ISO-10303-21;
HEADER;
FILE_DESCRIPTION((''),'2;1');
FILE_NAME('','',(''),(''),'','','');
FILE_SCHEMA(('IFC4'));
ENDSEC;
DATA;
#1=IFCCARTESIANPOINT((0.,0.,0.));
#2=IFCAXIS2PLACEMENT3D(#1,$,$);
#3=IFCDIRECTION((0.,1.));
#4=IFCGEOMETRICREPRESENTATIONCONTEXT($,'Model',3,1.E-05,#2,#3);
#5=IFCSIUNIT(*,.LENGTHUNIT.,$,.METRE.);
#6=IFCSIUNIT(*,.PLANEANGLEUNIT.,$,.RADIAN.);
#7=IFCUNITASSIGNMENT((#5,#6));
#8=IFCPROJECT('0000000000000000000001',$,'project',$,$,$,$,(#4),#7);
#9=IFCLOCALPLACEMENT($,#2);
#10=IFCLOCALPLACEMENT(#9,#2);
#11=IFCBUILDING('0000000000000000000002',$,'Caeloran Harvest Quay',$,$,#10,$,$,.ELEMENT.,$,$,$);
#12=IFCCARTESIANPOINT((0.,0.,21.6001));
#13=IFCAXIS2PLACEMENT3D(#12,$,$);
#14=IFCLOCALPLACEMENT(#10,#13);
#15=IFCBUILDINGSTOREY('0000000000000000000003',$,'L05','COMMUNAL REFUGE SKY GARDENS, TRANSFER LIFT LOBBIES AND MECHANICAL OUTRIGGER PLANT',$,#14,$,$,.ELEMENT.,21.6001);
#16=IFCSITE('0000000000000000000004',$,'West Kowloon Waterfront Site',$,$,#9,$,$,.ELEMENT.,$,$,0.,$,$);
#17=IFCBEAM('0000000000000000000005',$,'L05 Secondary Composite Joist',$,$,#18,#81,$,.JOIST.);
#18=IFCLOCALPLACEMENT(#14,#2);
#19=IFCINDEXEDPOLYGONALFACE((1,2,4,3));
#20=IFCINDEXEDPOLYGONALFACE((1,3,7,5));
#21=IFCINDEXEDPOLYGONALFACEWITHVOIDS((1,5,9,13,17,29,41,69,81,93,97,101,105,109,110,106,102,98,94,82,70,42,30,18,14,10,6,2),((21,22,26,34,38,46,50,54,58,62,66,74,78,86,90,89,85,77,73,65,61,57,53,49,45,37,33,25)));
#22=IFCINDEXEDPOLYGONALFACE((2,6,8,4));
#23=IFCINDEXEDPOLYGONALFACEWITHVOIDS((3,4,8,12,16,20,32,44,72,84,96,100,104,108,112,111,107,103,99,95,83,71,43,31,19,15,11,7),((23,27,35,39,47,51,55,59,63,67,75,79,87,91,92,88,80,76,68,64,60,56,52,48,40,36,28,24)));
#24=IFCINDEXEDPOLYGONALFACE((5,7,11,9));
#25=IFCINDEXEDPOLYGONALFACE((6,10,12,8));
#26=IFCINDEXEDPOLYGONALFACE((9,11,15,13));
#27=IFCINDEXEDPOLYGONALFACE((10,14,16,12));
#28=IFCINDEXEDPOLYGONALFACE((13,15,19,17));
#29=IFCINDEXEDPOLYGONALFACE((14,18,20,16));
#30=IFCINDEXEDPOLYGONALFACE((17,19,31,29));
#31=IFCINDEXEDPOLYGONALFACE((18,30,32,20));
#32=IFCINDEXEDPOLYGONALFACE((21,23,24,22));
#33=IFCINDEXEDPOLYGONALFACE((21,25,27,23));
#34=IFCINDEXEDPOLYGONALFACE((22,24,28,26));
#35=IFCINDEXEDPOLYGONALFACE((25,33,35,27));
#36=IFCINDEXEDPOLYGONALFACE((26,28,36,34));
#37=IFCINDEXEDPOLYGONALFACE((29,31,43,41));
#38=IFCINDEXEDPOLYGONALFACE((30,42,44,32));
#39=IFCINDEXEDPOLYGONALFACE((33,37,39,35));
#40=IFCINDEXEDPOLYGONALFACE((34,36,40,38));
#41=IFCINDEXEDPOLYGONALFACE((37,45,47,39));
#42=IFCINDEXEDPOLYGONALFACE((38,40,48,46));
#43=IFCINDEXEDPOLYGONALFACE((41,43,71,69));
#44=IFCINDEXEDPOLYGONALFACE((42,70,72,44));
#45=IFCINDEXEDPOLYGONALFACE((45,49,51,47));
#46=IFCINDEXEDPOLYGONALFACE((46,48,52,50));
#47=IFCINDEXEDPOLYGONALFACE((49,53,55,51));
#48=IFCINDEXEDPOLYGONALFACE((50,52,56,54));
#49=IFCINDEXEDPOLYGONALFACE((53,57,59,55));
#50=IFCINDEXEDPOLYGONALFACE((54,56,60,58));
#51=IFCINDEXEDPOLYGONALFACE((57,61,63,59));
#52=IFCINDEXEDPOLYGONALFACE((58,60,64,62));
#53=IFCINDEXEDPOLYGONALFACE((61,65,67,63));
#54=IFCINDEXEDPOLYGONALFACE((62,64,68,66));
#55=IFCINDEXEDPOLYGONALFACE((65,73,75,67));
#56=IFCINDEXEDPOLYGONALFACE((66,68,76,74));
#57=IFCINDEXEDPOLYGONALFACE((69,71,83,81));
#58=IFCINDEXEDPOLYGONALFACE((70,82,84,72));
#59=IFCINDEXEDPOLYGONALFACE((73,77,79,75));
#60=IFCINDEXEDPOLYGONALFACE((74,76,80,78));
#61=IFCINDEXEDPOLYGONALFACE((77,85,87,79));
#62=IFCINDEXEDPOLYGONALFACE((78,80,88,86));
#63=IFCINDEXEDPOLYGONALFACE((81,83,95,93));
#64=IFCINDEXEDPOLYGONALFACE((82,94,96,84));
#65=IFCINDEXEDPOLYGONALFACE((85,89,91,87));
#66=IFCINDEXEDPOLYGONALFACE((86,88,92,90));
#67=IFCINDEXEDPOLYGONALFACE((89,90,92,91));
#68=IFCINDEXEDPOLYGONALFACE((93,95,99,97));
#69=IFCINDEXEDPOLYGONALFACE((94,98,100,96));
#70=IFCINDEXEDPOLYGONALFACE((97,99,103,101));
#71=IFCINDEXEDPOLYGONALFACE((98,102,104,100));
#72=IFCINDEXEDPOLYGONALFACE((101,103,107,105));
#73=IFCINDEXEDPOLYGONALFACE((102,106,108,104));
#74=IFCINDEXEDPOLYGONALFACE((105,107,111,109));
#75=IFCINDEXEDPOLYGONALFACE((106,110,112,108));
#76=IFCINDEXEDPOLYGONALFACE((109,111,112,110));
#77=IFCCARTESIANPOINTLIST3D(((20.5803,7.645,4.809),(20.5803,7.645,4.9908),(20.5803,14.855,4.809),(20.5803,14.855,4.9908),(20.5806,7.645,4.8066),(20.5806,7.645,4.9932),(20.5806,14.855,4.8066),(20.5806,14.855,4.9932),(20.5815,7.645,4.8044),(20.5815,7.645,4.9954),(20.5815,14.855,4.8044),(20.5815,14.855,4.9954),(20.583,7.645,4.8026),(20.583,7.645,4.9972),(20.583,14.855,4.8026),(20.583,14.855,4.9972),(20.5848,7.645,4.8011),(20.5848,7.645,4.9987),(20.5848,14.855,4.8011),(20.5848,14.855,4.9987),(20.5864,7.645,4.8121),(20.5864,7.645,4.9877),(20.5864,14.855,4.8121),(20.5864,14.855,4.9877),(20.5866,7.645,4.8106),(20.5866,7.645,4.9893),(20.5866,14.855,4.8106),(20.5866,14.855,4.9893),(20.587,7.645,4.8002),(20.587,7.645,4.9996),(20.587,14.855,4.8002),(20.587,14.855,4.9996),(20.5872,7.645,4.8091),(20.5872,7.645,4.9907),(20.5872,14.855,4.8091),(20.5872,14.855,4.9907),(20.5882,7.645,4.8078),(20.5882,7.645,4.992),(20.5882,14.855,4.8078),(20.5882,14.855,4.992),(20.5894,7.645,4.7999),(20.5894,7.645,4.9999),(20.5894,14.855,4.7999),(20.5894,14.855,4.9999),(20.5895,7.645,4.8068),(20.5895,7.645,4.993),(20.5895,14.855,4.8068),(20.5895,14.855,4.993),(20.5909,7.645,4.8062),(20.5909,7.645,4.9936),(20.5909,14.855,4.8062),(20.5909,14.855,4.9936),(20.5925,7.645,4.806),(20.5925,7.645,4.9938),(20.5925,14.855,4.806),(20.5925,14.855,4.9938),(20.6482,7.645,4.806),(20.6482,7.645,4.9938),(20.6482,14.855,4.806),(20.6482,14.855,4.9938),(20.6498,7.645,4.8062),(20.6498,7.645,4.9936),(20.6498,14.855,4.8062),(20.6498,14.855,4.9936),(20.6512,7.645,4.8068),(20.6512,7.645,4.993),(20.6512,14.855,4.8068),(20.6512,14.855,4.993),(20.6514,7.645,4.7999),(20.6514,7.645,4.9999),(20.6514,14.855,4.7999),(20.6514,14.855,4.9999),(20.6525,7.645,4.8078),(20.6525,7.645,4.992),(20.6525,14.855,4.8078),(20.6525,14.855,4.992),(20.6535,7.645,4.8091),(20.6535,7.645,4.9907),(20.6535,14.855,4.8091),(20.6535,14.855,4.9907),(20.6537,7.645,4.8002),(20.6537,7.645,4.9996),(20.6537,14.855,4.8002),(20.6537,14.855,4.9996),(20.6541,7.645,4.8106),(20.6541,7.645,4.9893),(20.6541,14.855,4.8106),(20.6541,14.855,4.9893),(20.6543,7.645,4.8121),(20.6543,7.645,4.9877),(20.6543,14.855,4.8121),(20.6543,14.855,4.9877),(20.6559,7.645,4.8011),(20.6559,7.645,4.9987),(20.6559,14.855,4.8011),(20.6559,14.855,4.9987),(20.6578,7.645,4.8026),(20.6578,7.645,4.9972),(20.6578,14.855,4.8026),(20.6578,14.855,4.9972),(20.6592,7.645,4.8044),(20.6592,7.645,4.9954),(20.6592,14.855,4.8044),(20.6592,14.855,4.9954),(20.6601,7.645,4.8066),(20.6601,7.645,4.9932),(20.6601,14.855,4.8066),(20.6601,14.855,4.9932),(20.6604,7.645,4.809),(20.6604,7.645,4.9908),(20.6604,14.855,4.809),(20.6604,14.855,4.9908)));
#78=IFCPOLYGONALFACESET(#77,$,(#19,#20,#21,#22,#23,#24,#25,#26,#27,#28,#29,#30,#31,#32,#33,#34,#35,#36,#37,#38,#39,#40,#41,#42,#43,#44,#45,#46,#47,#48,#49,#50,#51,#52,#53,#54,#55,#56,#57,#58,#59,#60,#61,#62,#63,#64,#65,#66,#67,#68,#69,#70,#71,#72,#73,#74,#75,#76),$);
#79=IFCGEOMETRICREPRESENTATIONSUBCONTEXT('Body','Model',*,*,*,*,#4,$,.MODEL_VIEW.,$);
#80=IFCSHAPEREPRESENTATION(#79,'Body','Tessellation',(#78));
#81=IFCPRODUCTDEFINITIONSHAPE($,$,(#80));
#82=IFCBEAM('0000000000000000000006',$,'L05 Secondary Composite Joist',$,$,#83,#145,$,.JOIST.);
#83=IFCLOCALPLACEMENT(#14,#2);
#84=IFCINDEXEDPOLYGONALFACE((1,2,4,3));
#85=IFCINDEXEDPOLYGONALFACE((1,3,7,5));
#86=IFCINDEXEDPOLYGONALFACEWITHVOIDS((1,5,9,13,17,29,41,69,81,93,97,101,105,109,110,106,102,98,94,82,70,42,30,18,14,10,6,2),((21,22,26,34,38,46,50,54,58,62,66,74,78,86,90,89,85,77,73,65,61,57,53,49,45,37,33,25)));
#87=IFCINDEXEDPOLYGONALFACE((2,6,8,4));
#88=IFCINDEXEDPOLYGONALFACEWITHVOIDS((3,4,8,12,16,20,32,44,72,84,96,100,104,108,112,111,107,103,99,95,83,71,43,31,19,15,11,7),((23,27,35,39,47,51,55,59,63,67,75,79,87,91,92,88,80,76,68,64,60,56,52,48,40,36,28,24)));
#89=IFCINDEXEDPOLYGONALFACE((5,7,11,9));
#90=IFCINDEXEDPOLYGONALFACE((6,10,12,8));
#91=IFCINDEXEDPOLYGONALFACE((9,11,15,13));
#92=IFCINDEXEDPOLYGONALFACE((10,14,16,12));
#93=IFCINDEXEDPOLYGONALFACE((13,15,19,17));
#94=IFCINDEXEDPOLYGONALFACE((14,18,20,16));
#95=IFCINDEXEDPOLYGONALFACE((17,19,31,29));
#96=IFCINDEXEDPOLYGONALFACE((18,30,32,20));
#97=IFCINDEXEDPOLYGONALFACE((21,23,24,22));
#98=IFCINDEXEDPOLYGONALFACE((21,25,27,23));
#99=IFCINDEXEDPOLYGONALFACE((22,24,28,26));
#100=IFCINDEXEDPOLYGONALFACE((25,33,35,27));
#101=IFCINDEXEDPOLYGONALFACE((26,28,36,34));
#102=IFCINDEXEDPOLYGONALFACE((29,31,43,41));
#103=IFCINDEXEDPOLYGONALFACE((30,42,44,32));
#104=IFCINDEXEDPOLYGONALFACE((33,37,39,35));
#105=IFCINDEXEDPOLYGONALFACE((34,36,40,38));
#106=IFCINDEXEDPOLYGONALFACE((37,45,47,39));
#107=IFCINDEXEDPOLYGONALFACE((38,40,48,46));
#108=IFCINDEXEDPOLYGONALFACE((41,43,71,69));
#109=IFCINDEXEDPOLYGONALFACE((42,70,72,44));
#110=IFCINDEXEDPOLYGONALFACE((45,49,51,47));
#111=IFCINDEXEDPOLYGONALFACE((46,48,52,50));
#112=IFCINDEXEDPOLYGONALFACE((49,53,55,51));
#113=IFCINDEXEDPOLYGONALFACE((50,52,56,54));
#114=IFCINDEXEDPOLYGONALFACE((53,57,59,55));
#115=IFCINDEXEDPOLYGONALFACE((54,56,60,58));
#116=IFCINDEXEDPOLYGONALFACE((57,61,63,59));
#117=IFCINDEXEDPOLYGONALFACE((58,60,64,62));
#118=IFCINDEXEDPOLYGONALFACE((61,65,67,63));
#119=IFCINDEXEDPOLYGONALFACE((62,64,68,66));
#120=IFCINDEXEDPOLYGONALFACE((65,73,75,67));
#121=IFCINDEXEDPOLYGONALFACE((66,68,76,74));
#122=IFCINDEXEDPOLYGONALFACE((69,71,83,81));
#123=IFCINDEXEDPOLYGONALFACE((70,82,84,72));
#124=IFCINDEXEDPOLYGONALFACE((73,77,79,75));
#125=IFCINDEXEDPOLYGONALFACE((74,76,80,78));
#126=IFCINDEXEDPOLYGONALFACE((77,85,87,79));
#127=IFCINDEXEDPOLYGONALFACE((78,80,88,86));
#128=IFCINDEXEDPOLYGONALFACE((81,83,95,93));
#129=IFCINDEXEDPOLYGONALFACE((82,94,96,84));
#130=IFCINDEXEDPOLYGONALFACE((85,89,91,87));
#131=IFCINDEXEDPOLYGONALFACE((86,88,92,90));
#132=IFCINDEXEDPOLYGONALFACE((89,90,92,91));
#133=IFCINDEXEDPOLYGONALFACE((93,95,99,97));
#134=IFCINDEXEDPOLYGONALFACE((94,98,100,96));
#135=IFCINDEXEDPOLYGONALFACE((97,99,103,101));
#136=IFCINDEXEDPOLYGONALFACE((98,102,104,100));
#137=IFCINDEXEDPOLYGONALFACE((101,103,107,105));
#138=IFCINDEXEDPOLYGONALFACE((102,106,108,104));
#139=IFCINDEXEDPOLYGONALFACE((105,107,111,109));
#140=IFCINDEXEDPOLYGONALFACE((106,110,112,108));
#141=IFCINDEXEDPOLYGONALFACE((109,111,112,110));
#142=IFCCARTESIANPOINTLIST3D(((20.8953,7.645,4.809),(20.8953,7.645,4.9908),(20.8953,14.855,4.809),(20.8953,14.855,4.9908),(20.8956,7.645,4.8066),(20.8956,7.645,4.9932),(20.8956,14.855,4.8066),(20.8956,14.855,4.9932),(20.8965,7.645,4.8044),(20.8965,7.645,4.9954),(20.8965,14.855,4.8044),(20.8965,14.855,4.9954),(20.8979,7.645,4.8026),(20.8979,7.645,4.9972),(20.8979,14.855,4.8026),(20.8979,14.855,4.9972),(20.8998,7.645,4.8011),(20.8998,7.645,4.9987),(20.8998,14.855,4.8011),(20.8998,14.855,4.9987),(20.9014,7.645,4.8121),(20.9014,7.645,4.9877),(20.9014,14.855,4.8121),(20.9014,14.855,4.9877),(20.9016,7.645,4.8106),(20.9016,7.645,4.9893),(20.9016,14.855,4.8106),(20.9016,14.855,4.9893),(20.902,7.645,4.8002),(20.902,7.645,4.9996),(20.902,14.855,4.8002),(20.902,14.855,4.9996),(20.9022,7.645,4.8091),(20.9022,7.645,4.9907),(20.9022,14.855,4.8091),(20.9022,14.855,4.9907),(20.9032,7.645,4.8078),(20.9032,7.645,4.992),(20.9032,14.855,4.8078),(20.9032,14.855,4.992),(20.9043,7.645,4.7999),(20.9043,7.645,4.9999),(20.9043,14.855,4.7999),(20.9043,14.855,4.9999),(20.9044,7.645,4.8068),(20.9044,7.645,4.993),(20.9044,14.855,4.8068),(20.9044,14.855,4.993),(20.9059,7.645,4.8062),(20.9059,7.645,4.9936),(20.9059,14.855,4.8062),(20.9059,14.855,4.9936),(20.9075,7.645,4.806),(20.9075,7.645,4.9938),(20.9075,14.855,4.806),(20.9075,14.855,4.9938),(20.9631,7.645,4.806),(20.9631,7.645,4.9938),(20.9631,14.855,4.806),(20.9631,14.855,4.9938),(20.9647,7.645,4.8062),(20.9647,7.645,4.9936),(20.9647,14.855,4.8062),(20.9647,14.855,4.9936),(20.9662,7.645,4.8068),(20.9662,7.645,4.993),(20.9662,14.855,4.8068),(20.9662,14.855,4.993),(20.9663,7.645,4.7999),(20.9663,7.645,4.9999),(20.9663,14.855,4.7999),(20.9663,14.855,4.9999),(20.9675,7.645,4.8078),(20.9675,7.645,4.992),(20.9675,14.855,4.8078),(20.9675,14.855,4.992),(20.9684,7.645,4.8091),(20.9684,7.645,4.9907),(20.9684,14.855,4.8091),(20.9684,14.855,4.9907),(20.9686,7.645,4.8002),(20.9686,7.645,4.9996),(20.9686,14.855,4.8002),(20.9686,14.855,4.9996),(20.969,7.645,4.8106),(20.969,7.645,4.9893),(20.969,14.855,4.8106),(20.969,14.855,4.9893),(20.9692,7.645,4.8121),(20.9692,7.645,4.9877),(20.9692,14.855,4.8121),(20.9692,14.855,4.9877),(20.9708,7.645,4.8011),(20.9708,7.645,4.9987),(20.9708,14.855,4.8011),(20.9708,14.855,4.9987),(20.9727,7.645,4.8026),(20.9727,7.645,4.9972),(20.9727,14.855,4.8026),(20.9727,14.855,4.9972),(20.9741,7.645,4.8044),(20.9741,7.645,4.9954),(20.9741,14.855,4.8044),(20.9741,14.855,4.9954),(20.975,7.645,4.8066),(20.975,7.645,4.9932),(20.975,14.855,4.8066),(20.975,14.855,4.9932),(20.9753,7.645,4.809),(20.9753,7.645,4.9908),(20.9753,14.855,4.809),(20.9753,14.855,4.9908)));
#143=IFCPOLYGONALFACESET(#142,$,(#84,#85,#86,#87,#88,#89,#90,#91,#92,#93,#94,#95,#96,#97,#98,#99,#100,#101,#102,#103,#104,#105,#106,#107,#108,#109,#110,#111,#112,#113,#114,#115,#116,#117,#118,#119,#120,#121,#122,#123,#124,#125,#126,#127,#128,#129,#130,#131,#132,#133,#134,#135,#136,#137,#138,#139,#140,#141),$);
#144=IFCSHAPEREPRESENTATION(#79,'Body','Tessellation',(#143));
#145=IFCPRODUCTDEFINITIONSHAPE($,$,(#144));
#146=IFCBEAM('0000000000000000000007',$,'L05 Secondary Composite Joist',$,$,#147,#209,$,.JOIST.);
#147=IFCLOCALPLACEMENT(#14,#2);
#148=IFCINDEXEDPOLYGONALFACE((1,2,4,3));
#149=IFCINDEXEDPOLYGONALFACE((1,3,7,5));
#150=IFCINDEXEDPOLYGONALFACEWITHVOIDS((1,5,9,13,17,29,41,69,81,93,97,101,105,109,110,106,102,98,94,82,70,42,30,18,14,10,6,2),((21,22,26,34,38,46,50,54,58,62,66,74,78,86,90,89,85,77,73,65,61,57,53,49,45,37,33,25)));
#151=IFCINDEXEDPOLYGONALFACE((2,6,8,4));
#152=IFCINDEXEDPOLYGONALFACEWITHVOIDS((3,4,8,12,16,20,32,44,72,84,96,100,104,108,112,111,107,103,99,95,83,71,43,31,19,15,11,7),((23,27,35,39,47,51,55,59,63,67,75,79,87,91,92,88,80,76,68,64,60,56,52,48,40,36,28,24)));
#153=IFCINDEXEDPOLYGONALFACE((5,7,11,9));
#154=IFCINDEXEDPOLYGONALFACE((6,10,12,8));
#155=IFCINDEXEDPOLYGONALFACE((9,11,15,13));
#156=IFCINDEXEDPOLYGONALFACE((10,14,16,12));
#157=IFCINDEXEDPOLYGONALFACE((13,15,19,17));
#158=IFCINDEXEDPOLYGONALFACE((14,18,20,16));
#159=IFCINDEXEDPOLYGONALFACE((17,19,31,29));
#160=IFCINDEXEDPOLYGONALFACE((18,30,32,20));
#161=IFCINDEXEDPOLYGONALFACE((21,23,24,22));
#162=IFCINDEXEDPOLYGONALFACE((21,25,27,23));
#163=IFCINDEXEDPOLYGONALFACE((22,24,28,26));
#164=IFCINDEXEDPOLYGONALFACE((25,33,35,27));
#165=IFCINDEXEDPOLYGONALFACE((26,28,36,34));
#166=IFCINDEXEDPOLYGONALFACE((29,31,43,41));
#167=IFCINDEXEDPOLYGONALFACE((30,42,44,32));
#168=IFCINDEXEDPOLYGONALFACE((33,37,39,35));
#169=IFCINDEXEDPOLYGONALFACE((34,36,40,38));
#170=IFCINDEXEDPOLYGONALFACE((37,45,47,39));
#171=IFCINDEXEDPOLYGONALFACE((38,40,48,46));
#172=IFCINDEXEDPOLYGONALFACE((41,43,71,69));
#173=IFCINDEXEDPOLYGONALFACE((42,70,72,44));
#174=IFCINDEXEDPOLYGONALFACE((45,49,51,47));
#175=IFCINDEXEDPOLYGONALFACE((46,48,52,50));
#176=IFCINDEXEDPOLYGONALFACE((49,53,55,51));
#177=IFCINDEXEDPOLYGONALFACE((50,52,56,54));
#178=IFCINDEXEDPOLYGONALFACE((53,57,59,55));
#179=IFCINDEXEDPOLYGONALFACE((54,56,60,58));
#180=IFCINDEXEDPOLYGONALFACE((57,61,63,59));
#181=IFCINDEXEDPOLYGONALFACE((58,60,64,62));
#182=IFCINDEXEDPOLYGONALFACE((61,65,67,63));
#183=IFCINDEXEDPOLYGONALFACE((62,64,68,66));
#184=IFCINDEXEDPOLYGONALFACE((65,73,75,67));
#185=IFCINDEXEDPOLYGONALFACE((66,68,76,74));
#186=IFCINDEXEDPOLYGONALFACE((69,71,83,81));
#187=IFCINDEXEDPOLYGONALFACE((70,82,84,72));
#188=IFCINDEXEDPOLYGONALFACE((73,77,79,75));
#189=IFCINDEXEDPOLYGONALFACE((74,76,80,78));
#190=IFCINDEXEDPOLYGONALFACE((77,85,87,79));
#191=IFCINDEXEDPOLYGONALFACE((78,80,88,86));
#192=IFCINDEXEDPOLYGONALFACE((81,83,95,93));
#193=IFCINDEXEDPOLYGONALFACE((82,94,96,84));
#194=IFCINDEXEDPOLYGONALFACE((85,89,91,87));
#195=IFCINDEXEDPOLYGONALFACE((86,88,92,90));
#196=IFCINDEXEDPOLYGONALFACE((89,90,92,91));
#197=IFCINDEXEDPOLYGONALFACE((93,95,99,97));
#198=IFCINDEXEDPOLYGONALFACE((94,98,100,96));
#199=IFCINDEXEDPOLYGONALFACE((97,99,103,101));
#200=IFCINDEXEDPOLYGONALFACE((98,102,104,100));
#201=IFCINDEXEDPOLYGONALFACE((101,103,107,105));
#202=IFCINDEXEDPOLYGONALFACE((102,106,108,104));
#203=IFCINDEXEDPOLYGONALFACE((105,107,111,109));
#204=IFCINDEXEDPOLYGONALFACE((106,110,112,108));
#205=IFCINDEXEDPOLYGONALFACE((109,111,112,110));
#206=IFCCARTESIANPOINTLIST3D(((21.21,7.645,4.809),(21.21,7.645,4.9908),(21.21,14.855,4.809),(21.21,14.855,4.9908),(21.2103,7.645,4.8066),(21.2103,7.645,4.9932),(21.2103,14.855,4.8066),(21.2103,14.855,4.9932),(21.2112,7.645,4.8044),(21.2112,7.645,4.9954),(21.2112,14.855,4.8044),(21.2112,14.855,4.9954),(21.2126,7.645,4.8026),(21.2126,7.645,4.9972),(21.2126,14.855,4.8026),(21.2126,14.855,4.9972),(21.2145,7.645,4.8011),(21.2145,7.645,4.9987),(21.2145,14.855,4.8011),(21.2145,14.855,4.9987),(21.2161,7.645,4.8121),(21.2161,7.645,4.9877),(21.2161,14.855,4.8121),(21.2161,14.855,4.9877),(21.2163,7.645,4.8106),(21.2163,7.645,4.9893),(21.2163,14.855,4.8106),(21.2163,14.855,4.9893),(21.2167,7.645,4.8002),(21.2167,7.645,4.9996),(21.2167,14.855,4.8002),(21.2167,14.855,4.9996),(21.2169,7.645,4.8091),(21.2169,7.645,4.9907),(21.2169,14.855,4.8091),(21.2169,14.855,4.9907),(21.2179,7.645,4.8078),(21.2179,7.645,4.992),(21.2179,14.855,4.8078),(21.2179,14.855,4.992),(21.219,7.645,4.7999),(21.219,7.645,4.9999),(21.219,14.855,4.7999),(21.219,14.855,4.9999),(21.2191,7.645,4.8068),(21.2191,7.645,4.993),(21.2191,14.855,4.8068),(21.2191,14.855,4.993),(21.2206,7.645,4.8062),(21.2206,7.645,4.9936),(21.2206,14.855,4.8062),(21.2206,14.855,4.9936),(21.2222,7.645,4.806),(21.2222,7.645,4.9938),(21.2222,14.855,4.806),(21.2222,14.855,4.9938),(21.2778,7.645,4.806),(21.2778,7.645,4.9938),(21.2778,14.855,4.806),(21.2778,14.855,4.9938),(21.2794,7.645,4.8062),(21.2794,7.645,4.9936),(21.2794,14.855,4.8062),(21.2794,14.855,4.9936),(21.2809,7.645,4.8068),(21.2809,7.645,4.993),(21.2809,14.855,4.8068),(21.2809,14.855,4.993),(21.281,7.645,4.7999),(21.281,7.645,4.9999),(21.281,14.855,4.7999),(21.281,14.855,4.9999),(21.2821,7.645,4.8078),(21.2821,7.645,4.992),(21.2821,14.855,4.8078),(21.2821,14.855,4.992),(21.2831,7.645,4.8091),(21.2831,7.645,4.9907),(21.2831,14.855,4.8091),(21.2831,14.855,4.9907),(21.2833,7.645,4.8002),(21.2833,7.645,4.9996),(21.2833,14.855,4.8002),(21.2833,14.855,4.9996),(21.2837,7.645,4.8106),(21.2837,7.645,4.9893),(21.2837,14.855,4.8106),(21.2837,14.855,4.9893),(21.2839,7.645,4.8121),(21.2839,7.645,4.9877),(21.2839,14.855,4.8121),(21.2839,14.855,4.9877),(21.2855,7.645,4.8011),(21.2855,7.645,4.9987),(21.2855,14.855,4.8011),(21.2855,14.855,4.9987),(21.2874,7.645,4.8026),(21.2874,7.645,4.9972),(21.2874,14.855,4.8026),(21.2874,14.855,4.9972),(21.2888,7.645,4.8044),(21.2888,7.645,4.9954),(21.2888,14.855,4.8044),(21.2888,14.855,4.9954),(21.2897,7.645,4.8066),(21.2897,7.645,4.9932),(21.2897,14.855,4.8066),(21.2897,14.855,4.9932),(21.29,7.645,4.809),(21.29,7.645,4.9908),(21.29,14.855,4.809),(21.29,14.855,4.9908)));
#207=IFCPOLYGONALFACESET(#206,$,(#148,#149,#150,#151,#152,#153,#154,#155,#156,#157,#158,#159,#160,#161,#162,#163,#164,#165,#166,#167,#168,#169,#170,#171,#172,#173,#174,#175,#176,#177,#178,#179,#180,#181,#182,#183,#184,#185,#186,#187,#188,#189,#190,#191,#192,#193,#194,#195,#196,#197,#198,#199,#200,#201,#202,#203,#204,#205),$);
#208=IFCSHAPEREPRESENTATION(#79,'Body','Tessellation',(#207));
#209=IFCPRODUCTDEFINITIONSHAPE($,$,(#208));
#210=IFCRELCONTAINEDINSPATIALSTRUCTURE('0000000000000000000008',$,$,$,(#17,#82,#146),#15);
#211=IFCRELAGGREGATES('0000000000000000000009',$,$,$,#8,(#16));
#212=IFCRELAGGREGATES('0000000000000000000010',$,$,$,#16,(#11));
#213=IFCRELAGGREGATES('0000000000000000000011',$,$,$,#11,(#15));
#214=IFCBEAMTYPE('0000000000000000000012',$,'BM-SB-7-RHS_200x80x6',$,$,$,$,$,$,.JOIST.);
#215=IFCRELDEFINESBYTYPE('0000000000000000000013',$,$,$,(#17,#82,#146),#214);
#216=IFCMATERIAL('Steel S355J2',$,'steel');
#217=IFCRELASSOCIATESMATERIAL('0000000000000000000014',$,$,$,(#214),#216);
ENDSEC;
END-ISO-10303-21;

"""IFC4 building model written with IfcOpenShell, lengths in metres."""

from ifc_helpers import new_model, si_unit, direction, frame, origin, origin_2d, place, context, subcontext, project, spatial, hollow_rectangle, extrude, material, material_profile, profile_set, type_object, element, save


model = new_model("IFC4")

# Units and contexts
model_context = context("Model", 3, precision=1e-05, world=origin(), true_north=direction((0.0, 1.0)))
body_context = subcontext(model_context, "Body", "Model", "MODEL_VIEW")
ifc_project = project(units=[si_unit("LENGTHUNIT", "METRE"), si_unit("PLANEANGLEUNIT", "RADIAN")], contexts=[model_context])

# Site, building, storey
site_placement = place(None, origin())
site = spatial("IfcSite", under=ifc_project, at=site_placement, Name="West Kowloon Waterfront Site", CompositionType="ELEMENT", RefElevation=0.0)
building_placement = place(site_placement, origin())
building = spatial("IfcBuilding", under=site, at=building_placement, Name="Caeloran Harvest Quay", CompositionType="ELEMENT")
storey_placement = place(building_placement, frame((0.0, 0.0, 21.6001)))
storey = spatial("IfcBuildingStorey", under=building, at=storey_placement, Name="L05", Description="COMMUNAL REFUGE SKY GARDENS, TRANSFER LIFT LOBBIES AND MECHANICAL OUTRIGGER PLANT", CompositionType="ELEMENT", Elevation=21.6001)

# Beams
ifc_material_1 = material(Name="Steel S355J2", Category="steel")
ifc_material_profile_1 = material_profile(ifc_material_1, hollow_rectangle(XDim=0.0801, YDim=0.2, WallThickness=0.0061, InnerFilletRadius=0.0061, OuterFilletRadius=0.009, at=origin_2d()), Name="RHS 200x80x6")
ifc_profile_set_1 = profile_set([ifc_material_profile_1], Name="Steel S355J2")
beam_type_1 = type_object("IfcBeamType", Name="BM-SB-7-RHS_200x80x6", PredefinedType="JOIST", material=ifc_profile_set_1)
for number, where, z_axis, x_axis, name in (
    (1, (20.6204, 7.645, 4.8999), (0.0, 1.0, 0.0), (-1.0, 0.0, 0.0), "L05 Secondary Composite Joist"),
    (2, (20.9353, 7.645, 4.8999), (0.0, 1.0, 0.0), (-1.0, 0.0, 0.0), "L05 Secondary Composite Joist"),
    (3, (21.25, 7.645, 4.8999), (0.0, 1.0, 0.0), (-1.0, 0.0, 0.0), "L05 Secondary Composite Joist"),
):
    element("IfcBeam", number, at=place(storey_placement, frame(where, z_axis=z_axis, x_axis=x_axis)), inside=storey, type_object=beam_type_1, Name=name, PredefinedType="JOIST", context=body_context, shape_type="SweptSolid", body=[
        extrude(hollow_rectangle(XDim=0.0801, YDim=0.2, WallThickness=0.0061, InnerFilletRadius=0.0061, OuterFilletRadius=0.009, at=origin_2d()), origin(), (0.0, 0.0, 1.0), 7.21),
    ])

save(model, "model.ifc")
